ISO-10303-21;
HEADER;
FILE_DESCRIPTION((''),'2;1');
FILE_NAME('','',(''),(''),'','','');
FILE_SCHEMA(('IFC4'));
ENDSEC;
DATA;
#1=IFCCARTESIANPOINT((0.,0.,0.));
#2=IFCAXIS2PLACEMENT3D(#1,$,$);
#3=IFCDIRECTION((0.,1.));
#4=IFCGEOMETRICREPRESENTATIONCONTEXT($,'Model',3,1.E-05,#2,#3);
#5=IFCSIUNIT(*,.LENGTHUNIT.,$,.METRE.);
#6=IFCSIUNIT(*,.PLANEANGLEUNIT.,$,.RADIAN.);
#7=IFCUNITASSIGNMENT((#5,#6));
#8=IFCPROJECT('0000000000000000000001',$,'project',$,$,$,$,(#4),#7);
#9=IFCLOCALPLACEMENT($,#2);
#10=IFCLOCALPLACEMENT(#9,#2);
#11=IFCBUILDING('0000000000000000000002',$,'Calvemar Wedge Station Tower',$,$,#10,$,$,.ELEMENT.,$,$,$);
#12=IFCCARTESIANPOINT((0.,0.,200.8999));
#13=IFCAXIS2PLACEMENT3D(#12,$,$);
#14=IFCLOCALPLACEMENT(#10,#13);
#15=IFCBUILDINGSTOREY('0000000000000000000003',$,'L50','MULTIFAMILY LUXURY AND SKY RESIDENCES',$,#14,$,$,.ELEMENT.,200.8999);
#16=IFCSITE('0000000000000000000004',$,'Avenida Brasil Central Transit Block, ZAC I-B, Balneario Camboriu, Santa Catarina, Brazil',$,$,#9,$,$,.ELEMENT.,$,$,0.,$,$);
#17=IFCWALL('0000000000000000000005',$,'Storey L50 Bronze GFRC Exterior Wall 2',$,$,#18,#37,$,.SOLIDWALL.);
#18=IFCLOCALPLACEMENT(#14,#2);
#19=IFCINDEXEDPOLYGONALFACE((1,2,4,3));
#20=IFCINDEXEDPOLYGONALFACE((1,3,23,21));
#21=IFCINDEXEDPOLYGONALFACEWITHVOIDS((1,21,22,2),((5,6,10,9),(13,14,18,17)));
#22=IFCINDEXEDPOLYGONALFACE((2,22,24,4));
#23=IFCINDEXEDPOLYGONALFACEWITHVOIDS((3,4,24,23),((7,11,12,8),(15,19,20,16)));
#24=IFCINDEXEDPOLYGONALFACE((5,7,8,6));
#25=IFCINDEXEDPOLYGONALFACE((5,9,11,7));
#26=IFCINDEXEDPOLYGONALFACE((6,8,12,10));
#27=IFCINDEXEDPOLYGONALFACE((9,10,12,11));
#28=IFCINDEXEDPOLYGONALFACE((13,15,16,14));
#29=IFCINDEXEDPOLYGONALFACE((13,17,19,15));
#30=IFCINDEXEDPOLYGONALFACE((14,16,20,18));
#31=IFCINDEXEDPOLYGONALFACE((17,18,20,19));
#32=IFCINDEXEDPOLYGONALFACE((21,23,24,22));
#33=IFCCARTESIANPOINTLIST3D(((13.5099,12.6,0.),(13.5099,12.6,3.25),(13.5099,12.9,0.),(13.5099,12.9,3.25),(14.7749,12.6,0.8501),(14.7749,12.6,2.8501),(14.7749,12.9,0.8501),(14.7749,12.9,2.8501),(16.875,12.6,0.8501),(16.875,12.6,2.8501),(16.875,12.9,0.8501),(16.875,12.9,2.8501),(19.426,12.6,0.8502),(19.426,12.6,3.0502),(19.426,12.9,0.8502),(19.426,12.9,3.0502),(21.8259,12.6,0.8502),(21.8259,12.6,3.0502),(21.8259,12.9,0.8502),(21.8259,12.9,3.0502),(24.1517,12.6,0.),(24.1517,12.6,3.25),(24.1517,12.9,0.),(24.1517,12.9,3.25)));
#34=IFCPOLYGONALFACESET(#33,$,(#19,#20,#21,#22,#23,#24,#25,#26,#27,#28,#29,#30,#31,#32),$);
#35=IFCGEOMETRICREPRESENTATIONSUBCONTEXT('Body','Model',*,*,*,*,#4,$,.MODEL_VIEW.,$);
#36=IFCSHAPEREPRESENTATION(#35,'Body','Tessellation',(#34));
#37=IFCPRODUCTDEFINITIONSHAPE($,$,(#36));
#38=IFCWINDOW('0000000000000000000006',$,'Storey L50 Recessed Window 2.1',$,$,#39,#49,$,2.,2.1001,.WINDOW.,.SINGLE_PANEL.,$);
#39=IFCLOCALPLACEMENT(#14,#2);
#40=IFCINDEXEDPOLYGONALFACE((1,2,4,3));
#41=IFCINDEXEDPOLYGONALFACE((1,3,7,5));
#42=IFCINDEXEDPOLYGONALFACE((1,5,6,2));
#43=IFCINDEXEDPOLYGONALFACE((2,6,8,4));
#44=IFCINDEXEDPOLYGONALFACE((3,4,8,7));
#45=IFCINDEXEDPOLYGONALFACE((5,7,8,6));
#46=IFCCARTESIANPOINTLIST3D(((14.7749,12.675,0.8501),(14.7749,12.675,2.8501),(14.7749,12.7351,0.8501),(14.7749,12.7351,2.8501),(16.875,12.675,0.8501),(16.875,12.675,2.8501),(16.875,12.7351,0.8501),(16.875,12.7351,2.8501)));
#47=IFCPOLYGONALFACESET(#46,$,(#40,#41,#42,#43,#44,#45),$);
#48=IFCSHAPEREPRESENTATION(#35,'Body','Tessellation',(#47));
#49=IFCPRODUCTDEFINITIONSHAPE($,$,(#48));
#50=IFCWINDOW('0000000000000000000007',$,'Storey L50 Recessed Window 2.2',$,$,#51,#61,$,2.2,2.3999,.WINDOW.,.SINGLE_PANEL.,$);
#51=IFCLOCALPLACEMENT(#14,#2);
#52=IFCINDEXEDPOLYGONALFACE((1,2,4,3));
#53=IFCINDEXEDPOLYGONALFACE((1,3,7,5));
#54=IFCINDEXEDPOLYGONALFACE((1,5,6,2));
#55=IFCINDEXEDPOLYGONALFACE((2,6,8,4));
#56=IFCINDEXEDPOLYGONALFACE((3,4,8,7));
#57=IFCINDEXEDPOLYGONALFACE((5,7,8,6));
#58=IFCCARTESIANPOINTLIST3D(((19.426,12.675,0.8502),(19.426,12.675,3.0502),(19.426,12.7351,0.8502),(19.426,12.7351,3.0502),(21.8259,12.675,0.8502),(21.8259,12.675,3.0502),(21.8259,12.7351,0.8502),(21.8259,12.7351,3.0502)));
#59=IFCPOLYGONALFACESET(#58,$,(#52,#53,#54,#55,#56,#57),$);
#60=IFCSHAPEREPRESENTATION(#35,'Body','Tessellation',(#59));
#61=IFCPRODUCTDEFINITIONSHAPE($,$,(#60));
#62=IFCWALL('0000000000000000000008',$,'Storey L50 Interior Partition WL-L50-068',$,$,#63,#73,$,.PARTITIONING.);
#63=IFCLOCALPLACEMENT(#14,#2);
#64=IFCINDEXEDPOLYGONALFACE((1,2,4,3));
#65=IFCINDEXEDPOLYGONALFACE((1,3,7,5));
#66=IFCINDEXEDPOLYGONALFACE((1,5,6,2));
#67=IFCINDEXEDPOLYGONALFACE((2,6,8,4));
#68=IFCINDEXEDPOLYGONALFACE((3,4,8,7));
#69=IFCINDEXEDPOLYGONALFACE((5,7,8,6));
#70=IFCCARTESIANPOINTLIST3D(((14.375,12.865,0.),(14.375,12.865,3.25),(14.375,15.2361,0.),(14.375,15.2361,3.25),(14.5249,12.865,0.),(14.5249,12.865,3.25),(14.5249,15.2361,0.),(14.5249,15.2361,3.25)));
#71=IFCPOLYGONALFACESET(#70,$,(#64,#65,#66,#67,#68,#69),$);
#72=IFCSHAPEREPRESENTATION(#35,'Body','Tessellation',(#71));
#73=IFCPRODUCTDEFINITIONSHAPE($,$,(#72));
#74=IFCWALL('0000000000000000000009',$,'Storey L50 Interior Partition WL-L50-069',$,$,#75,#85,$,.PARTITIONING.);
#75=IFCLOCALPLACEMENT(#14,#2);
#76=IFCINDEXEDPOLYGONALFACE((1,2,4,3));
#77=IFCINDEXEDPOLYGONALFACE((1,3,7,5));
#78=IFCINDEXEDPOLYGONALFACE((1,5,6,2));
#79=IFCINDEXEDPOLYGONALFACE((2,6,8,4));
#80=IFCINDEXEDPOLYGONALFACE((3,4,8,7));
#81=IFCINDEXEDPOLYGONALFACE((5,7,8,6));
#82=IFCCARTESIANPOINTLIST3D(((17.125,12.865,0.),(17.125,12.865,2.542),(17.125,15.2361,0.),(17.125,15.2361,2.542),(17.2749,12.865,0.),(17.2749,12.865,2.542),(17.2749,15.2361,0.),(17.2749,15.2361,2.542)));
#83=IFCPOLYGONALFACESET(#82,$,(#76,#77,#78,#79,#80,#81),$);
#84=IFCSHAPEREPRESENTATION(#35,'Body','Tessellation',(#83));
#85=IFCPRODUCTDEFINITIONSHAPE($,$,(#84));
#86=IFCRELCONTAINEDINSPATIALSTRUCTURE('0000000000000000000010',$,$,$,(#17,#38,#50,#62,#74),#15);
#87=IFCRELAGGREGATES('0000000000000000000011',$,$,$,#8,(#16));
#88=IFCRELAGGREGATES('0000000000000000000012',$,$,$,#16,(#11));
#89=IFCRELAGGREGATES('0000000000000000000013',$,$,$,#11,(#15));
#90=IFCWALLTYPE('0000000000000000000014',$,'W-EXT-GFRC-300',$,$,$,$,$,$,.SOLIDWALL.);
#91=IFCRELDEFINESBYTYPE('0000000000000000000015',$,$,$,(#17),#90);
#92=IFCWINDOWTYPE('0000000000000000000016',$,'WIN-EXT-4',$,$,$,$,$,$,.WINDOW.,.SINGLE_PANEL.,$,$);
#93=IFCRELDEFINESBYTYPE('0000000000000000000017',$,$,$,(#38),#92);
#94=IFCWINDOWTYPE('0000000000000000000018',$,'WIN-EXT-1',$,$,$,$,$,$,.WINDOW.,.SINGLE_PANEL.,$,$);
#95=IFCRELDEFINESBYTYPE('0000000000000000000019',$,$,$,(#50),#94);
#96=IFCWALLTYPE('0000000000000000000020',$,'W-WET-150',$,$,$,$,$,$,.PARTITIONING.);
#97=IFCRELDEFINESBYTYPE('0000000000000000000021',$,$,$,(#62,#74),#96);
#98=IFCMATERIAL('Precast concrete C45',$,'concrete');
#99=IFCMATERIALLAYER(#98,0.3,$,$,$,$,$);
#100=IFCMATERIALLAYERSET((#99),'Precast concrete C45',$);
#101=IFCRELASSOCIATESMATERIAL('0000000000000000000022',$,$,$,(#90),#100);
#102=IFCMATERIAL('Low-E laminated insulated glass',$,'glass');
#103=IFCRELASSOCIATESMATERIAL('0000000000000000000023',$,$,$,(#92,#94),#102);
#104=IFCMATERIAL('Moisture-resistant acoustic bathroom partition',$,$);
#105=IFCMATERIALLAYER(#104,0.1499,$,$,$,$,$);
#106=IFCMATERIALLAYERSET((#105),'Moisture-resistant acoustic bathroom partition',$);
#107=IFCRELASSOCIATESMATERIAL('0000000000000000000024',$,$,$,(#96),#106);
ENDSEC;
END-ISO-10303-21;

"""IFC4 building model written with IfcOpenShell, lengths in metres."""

from ifc_helpers import new_model, si_unit, direction, frame, frame_2d, origin, place, context, subcontext, project, spatial, rectangle, extrude, source, transform, mapped, material, layer, layer_set, type_object, element, fill, save


model = new_model("IFC4")

# Units and contexts
model_context = context("Model", 3, precision=1e-05, world=origin(), true_north=direction((0.0, 1.0)))
body_context = subcontext(model_context, "Body", "Model", "MODEL_VIEW")
ifc_project = project(units=[si_unit("LENGTHUNIT", "METRE"), si_unit("PLANEANGLEUNIT", "RADIAN")], contexts=[model_context])

# Site, building, storey
site_placement = place(None, origin())
site = spatial("IfcSite", under=ifc_project, at=site_placement, Name="Avenida Brasil Central Transit Block, ZAC I-B, Balneario Camboriu, Santa Catarina, Brazil", CompositionType="ELEMENT", RefElevation=0.0)
building_placement = place(site_placement, origin())
building = spatial("IfcBuilding", under=site, at=building_placement, Name="Calvemar Wedge Station Tower", CompositionType="ELEMENT")
storey_placement = place(building_placement, frame((0.0, 0.0, 200.8999)))
storey = spatial("IfcBuildingStorey", under=building, at=storey_placement, Name="L50", Description="MULTIFAMILY LUXURY AND SKY RESIDENCES", CompositionType="ELEMENT", Elevation=200.8999)

# Wall, openings, windows
ifc_material_1 = material(Name="Precast concrete C45", Category="concrete")
ifc_layer_1 = layer(ifc_material_1, 0.3)
ifc_layer_set_1 = layer_set([ifc_layer_1], Name="Precast concrete C45")
wall_type_1 = type_object("IfcWallType", Name="W-EXT-GFRC-300", PredefinedType="SOLIDWALL", material=ifc_layer_set_1)
wall_1_placement = place(storey_placement, frame((13.51, 12.75, 0.0), z_axis=(0.0, 0.0, 1.0), x_axis=(1.0, 0.0, 0.0)))
wall_1 = element("IfcWall", 1, at=wall_1_placement, inside=storey, type_object=wall_type_1, Name="Storey L50 Bronze GFRC Exterior Wall 2", PredefinedType="SOLIDWALL", context=body_context, shape_type="SweptSolid", body=[
    extrude(rectangle(XDim=10.6418, YDim=0.3, at=frame_2d((5.3208, 0.0))), origin(), (0.0, 0.0, 1.0), 3.25),
])
shared_shape_1 = source(origin(), body_context, "Body", "SweptSolid", [
    extrude(rectangle(XDim=2.1001, YDim=2.0, at=frame_2d((1.05, 1.0))), frame((0.0, 0.1602, 0.0), z_axis=(0.0, -1.0, 0.0), x_axis=(1.0, 0.0, 0.0)), (0.0, 0.0, 1.0), 0.3201),
])
opening_1_placement = place(wall_1_placement, frame((1.2649, 0.0, 0.8501)))
opening_1 = element("IfcOpeningElement", 2, at=opening_1_placement, cuts=wall_1, PredefinedType="OPENING", context=body_context, shape_type="MappedRepresentation", body=[
    mapped(shared_shape_1, transform((0.0, 0.0, 0.0), scale=1.0)),
])
shared_shape_2 = source(origin(), body_context, "Body", "SweptSolid", [
    extrude(rectangle(XDim=2.3999, YDim=2.2, at=frame_2d((1.2, 1.1001))), frame((0.0, 0.1602, 0.0), z_axis=(0.0, -1.0, 0.0), x_axis=(1.0, 0.0, 0.0)), (0.0, 0.0, 1.0), 0.3201),
])
opening_2_placement = place(wall_1_placement, frame((5.916, 0.0, 0.8501)))
opening_2 = element("IfcOpeningElement", 3, at=opening_2_placement, cuts=wall_1, PredefinedType="OPENING", context=body_context, shape_type="MappedRepresentation", body=[
    mapped(shared_shape_2, transform((0.0, 0.0, 0.0), scale=1.0)),
])
ifc_material_2 = material(Name="Low-E laminated insulated glass", Category="glass")
window_type_1 = type_object("IfcWindowType", Name="WIN-EXT-4", PartitioningType="SINGLE_PANEL", PredefinedType="WINDOW", material=ifc_material_2)
shared_shape_3 = source(origin(), body_context, "Body", "SweptSolid", [
    extrude(rectangle(XDim=2.1001, YDim=2.0, at=frame_2d((1.05, 1.0))), frame((0.0, -0.0149, 0.0), z_axis=(0.0, -1.0, 0.0), x_axis=(1.0, 0.0, 0.0)), (0.0, 0.0, 1.0), 0.0601),
])
window_1_placement = place(opening_1_placement, origin())
window_1 = element("IfcWindow", 4, at=window_1_placement, inside=storey, type_object=window_type_1, Name="Storey L50 Recessed Window 2.1", OverallHeight=2.0, OverallWidth=2.1001, PartitioningType="SINGLE_PANEL", PredefinedType="WINDOW", context=body_context, shape_type="MappedRepresentation", body=[
    mapped(shared_shape_3, transform((0.0, 0.0, 0.0), scale=1.0)),
])
fill(opening_1, window_1)
window_type_2 = type_object("IfcWindowType", Name="WIN-EXT-1", PartitioningType="SINGLE_PANEL", PredefinedType="WINDOW", material=ifc_material_2)
shared_shape_4 = source(origin(), body_context, "Body", "SweptSolid", [
    extrude(rectangle(XDim=2.3999, YDim=2.2, at=frame_2d((1.2, 1.1001))), frame((0.0, -0.0149, 0.0), z_axis=(0.0, -1.0, 0.0), x_axis=(1.0, 0.0, 0.0)), (0.0, 0.0, 1.0), 0.0601),
])
window_2_placement = place(opening_2_placement, origin())
window_2 = element("IfcWindow", 5, at=window_2_placement, inside=storey, type_object=window_type_2, Name="Storey L50 Recessed Window 2.2", OverallHeight=2.2, OverallWidth=2.3999, PartitioningType="SINGLE_PANEL", PredefinedType="WINDOW", context=body_context, shape_type="MappedRepresentation", body=[
    mapped(shared_shape_4, transform((0.0, 0.0, 0.0), scale=1.0)),
])
fill(opening_2, window_2)

# Shared definitions
ifc_material_3 = material(Name="Moisture-resistant acoustic bathroom partition")
ifc_layer_2 = layer(ifc_material_3, 0.1499)
ifc_layer_set_2 = layer_set([ifc_layer_2], Name="Moisture-resistant acoustic bathroom partition")
wall_type_2 = type_object("IfcWallType", Name="W-WET-150", PredefinedType="PARTITIONING", material=ifc_layer_set_2)

# Walls
wall_2_placement = place(storey_placement, frame((14.45, 12.865, 0.0), z_axis=(0.0, 0.0, 1.0), x_axis=(0.0, 1.0, 0.0)))
element("IfcWall", 6, at=wall_2_placement, inside=storey, type_object=wall_type_2, Name="Storey L50 Interior Partition WL-L50-068", PredefinedType="PARTITIONING", context=body_context, shape_type="SweptSolid", body=[
    extrude(rectangle(XDim=2.3711, YDim=0.1499, at=frame_2d((1.1855, 0.0))), origin(), (0.0, 0.0, 1.0), 3.25),
])
wall_3_placement = place(storey_placement, frame((17.2, 15.2361, 0.0), z_axis=(0.0, 0.0, 1.0), x_axis=(0.0, -1.0, 0.0)))
element("IfcWall", 7, at=wall_3_placement, inside=storey, type_object=wall_type_2, Name="Storey L50 Interior Partition WL-L50-069", PredefinedType="PARTITIONING", context=body_context, shape_type="SweptSolid", body=[
    extrude(rectangle(XDim=2.3711, YDim=0.1499, at=frame_2d((1.1855, 0.0))), origin(), (0.0, 0.0, 1.0), 2.542),
])

save(model, "model.ifc")
